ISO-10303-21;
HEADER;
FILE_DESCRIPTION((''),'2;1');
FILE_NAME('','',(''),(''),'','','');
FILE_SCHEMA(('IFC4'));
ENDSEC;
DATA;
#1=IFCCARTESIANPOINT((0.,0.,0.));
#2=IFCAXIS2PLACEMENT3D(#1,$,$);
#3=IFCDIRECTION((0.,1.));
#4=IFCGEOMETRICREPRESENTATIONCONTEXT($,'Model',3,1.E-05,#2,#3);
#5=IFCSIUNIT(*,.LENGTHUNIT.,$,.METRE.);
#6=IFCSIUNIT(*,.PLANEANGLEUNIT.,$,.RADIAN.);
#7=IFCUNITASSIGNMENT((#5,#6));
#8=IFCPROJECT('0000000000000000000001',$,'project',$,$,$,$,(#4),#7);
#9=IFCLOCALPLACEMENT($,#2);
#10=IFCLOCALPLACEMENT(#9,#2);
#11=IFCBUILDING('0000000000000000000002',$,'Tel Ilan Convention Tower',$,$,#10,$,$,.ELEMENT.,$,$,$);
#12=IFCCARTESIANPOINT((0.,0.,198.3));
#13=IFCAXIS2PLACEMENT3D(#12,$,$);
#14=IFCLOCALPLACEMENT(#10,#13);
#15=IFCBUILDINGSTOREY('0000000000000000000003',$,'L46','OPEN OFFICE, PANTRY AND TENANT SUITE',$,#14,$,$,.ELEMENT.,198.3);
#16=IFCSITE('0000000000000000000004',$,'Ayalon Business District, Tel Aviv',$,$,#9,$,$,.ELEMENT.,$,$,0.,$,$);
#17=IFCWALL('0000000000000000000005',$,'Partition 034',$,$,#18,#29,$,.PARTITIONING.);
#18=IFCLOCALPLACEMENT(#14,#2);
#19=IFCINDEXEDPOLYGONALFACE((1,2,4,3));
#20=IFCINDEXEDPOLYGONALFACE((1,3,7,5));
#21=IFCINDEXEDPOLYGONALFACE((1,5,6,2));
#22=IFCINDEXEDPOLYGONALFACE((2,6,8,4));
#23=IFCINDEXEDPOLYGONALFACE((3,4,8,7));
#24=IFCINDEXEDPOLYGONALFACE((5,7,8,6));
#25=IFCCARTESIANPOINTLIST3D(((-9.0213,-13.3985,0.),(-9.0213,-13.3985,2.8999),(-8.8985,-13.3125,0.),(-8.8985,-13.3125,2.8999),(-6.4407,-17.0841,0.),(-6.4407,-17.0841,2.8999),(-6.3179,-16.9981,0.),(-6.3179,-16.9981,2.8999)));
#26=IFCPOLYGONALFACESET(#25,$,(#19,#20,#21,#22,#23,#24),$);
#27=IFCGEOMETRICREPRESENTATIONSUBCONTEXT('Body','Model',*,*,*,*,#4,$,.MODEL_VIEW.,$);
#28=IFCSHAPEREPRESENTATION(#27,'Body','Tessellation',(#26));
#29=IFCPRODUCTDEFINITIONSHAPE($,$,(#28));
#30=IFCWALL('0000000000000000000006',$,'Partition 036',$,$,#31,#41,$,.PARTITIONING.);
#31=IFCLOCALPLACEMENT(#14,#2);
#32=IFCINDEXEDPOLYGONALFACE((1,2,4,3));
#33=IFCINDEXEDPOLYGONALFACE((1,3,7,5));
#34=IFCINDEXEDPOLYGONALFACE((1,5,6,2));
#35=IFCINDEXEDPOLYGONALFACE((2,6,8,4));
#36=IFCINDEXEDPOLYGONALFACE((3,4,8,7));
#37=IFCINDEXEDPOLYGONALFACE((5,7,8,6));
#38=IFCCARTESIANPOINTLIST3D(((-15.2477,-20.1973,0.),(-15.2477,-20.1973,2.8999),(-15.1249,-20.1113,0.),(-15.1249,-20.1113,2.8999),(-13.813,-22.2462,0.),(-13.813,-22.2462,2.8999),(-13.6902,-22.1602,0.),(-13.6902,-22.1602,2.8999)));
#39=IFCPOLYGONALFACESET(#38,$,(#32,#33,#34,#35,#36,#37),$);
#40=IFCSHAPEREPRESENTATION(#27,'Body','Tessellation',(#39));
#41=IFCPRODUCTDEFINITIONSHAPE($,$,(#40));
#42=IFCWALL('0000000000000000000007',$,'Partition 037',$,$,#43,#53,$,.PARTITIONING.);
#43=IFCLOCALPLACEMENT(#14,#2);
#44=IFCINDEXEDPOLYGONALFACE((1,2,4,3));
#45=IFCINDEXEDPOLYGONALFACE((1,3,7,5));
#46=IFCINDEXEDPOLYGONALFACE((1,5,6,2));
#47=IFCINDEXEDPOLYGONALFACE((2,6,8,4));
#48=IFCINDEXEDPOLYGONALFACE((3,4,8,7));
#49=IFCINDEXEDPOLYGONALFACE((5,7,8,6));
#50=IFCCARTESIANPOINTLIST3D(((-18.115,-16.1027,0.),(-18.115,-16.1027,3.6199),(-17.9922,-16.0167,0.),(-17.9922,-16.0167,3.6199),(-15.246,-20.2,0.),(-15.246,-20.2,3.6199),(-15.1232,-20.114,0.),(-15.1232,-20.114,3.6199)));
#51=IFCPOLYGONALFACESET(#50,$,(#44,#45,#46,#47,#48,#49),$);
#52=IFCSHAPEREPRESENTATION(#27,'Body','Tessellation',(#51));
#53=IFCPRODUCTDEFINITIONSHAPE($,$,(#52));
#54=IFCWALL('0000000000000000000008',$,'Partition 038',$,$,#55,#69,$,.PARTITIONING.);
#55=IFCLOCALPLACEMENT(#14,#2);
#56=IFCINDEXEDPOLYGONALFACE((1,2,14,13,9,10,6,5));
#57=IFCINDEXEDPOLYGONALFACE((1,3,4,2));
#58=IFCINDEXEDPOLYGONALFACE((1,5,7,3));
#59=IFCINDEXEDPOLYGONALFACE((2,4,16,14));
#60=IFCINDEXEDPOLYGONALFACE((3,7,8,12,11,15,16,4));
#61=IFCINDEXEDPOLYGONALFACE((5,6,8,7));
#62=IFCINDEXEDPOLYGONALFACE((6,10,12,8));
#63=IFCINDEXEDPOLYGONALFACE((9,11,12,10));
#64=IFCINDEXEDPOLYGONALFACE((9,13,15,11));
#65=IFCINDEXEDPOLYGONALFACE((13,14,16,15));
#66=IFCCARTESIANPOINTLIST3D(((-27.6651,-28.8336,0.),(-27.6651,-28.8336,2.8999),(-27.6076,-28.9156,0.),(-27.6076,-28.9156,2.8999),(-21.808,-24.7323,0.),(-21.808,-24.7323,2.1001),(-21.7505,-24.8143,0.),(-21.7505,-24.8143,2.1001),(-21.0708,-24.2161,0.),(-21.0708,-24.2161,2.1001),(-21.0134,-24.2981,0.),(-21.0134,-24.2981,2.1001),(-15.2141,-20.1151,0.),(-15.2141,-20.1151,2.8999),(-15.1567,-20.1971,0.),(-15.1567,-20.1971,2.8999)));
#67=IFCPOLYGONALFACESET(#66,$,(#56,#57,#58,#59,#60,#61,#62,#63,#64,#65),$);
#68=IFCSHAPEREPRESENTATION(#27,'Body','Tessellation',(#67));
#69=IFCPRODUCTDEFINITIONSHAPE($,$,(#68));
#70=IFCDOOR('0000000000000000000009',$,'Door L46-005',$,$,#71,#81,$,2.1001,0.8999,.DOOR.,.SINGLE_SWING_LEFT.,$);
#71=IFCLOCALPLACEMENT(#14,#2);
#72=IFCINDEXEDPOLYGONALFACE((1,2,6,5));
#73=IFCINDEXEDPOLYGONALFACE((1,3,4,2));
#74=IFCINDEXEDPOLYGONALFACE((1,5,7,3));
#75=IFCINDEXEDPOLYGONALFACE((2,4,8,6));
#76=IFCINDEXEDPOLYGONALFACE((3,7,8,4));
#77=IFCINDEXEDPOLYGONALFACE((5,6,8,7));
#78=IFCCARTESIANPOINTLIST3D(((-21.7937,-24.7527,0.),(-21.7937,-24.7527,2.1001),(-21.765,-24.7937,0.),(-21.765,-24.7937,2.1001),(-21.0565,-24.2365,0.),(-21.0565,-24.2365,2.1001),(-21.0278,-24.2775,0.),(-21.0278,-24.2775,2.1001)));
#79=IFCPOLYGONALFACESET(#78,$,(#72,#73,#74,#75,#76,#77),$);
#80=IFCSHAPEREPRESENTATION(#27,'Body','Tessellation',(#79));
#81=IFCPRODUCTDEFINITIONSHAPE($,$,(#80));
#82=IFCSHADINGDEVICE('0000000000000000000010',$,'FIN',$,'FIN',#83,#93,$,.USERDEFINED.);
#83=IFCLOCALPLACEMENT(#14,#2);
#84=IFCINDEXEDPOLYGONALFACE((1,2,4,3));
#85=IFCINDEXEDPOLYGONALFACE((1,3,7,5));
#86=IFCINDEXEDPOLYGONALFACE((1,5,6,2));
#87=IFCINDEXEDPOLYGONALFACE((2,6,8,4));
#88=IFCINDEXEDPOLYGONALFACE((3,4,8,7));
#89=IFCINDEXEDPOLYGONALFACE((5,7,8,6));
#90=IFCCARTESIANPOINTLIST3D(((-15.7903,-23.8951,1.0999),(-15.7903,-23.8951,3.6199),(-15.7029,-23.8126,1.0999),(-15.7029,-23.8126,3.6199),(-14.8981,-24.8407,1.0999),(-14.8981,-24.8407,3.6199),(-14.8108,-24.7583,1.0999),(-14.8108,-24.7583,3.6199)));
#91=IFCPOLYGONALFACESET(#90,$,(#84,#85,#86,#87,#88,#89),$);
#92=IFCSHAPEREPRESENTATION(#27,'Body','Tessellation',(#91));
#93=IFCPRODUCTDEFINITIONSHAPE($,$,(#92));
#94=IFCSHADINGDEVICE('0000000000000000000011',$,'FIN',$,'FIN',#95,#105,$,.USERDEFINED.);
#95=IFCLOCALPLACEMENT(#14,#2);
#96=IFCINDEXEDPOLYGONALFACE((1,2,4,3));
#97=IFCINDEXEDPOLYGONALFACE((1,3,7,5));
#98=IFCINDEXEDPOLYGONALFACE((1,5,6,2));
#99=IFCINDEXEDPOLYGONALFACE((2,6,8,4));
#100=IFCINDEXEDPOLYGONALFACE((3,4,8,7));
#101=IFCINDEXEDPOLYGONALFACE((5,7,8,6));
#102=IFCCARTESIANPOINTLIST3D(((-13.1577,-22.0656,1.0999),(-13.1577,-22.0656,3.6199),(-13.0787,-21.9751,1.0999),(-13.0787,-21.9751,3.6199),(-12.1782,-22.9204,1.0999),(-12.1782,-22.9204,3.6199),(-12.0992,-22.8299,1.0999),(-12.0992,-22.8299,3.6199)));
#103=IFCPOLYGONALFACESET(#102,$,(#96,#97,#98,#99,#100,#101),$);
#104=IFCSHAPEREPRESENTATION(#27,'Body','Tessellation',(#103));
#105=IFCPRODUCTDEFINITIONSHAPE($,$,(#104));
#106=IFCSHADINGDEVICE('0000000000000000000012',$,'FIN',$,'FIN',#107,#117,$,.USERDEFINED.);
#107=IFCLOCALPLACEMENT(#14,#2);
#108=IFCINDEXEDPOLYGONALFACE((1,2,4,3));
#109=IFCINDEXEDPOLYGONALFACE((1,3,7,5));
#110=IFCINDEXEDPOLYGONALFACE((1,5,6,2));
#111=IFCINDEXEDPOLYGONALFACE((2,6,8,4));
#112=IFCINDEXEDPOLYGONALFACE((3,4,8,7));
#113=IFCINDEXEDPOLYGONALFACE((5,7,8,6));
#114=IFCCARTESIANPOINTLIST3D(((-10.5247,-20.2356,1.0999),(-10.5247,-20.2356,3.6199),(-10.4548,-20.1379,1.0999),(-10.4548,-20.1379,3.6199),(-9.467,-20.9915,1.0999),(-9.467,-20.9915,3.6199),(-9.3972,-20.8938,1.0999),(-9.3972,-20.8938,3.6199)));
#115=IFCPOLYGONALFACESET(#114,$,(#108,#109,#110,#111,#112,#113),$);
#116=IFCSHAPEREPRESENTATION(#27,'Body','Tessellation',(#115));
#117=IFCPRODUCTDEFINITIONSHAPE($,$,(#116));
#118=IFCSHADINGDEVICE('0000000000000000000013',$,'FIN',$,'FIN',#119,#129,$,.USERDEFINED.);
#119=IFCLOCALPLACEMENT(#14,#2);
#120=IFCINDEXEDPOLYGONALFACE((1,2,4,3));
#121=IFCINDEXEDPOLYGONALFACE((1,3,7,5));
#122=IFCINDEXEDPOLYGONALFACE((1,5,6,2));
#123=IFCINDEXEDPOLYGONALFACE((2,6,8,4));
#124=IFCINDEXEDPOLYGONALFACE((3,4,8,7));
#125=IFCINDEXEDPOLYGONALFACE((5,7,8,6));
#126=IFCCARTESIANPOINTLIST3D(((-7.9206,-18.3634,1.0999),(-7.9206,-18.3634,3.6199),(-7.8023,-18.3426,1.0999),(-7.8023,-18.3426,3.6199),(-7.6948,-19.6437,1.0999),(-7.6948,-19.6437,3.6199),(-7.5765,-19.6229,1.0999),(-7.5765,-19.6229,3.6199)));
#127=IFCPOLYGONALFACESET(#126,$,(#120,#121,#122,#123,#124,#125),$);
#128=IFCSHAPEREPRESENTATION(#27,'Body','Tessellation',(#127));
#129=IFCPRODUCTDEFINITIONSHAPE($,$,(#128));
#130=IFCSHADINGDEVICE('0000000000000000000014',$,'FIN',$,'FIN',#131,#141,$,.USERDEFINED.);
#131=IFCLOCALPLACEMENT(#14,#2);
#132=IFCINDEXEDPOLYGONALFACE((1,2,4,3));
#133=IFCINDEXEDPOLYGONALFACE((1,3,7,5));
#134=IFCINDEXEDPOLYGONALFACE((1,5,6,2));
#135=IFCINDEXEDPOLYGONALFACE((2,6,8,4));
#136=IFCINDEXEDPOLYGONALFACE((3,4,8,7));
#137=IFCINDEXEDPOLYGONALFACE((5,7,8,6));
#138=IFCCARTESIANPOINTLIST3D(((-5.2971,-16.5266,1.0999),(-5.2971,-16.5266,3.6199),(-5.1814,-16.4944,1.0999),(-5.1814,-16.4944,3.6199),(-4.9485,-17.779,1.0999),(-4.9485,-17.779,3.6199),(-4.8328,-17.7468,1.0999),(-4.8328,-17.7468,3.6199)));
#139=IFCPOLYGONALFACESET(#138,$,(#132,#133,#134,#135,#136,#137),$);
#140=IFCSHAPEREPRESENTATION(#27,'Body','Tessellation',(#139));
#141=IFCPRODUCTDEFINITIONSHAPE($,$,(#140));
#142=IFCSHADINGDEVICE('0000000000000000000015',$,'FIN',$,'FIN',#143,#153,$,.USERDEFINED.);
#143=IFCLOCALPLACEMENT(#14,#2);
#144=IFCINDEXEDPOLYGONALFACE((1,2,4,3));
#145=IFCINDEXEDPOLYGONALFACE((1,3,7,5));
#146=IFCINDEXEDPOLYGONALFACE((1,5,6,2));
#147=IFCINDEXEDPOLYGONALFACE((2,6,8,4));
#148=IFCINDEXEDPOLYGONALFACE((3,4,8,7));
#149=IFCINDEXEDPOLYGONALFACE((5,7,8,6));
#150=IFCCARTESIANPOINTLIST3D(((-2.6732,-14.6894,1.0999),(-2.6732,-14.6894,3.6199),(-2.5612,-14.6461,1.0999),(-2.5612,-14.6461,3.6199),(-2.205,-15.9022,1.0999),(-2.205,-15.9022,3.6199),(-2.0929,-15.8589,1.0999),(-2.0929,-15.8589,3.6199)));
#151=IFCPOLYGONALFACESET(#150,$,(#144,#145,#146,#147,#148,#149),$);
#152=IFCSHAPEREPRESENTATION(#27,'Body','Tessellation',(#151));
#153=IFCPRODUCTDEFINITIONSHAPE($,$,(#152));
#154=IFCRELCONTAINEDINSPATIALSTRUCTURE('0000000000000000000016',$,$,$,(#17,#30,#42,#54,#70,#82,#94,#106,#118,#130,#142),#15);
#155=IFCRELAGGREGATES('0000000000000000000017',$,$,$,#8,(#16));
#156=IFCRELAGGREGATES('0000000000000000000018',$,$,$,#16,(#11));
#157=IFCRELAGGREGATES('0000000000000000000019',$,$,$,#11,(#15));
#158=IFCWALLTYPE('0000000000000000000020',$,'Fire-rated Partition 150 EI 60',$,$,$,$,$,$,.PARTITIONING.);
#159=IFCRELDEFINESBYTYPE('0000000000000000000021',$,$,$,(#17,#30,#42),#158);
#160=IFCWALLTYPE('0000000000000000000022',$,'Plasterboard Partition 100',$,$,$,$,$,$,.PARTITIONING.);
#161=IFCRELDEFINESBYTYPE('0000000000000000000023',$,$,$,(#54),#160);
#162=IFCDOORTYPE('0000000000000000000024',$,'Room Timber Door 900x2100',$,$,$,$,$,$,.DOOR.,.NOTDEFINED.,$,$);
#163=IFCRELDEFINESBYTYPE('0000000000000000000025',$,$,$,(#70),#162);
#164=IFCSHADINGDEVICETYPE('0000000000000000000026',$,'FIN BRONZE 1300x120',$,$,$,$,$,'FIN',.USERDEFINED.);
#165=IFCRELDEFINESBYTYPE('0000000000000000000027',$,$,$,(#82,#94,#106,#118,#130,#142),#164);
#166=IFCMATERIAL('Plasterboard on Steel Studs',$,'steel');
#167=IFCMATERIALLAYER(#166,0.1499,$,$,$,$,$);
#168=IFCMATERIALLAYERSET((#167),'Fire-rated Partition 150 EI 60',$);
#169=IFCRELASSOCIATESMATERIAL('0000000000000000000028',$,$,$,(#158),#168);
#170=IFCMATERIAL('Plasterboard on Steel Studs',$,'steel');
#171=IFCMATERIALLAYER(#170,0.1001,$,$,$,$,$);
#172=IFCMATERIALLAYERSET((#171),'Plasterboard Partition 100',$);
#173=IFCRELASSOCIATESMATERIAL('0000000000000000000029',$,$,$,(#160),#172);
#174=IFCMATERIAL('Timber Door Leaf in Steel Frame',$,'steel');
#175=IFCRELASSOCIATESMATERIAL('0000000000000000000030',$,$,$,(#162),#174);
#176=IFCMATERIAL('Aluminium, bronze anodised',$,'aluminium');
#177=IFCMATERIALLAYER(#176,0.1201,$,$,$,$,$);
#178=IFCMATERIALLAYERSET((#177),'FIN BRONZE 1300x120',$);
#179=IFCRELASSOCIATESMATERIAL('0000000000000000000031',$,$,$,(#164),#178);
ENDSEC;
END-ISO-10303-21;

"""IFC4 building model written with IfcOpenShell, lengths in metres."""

from ifc_helpers import new_model, si_unit, direction, frame, frame_2d, origin, origin_2d, place, context, subcontext, project, spatial, rectangle, extrude, material, layer, layer_set, type_object, element, fill, save


model = new_model("IFC4")

# Units and contexts
model_context = context("Model", 3, precision=1e-05, world=origin(), true_north=direction((0.0, 1.0)))
body_context = subcontext(model_context, "Body", "Model", "MODEL_VIEW")
ifc_project = project(units=[si_unit("LENGTHUNIT", "METRE"), si_unit("PLANEANGLEUNIT", "RADIAN")], contexts=[model_context])

# Site, building, storey
site_placement = place(None, origin())
site = spatial("IfcSite", under=ifc_project, at=site_placement, Name="Ayalon Business District, Tel Aviv", CompositionType="ELEMENT", RefElevation=0.0)
building_placement = place(site_placement, origin())
building = spatial("IfcBuilding", under=site, at=building_placement, Name="Tel Ilan Convention Tower", CompositionType="ELEMENT")
storey_placement = place(building_placement, frame((0.0, 0.0, 198.3)))
storey = spatial("IfcBuildingStorey", under=building, at=storey_placement, Name="L46", Description="OPEN OFFICE, PANTRY AND TENANT SUITE", CompositionType="ELEMENT", Elevation=198.3)

# Walls
ifc_material_1 = material(Name="Plasterboard on Steel Studs", Category="steel")
ifc_layer_1 = layer(ifc_material_1, 0.1499)
ifc_layer_set_1 = layer_set([ifc_layer_1], Name="Fire-rated Partition 150 EI 60")
wall_type_1 = type_object("IfcWallType", Name="Fire-rated Partition 150 EI 60", PredefinedType="PARTITIONING", material=ifc_layer_set_1)
wall_1_placement = place(storey_placement, frame((-6.3794, -17.041, 0.0), z_axis=(0.0, 0.0, 1.0), x_axis=(-0.573564, 0.819161, 0.0)))
element("IfcWall", 1, at=wall_1_placement, inside=storey, type_object=wall_type_1, Name="Partition 034", PredefinedType="PARTITIONING", context=body_context, shape_type="SweptSolid", body=[
    extrude(rectangle(XDim=4.4993, YDim=0.1499, at=frame_2d((2.2495, 0.0))), origin(), (0.0, 0.0, 1.0), 2.8999),
])
wall_2_placement = place(storey_placement, frame((-13.7517, -22.2031, 0.0), z_axis=(0.0, 0.0, 1.0), x_axis=(-0.573567, 0.819159, 0.0)))
element("IfcWall", 2, at=wall_2_placement, inside=storey, type_object=wall_type_1, Name="Partition 036", PredefinedType="PARTITIONING", context=body_context, shape_type="SweptSolid", body=[
    extrude(rectangle(XDim=2.5012, YDim=0.1499, at=frame_2d((1.2505, 0.0))), origin(), (0.0, 0.0, 1.0), 2.8999),
])
wall_3_placement = place(storey_placement, frame((-15.1846, -20.157, 0.0), z_axis=(0.0, 0.0, 1.0), x_axis=(-0.57359, 0.819142, 0.0)))
element("IfcWall", 3, at=wall_3_placement, inside=storey, type_object=wall_type_1, Name="Partition 037", PredefinedType="PARTITIONING", context=body_context, shape_type="SweptSolid", body=[
    extrude(rectangle(XDim=5.002, YDim=0.1499, at=frame_2d((2.501, 0.0))), origin(), (0.0, 0.0, 1.0), 3.6199),
])

# Wall, opening, door
ifc_material_2 = material(Name="Plasterboard on Steel Studs", Category="steel")
ifc_layer_2 = layer(ifc_material_2, 0.1001)
ifc_layer_set_2 = layer_set([ifc_layer_2], Name="Plasterboard Partition 100")
wall_type_2 = type_object("IfcWallType", Name="Plasterboard Partition 100", PredefinedType="PARTITIONING", material=ifc_layer_set_2)
wall_4_placement = place(storey_placement, frame((-15.1853, -20.156, 0.0), z_axis=(0.0, 0.0, 1.0), x_axis=(-0.819144, -0.573588, 0.0)))
wall_4 = element("IfcWall", 4, at=wall_4_placement, inside=storey, type_object=wall_type_2, Name="Partition 038", PredefinedType="PARTITIONING", context=body_context, shape_type="SweptSolid", body=[
    extrude(rectangle(XDim=15.2, YDim=0.1001, at=frame_2d((7.6001, 0.0))), origin(), (0.0, 0.0, 1.0), 2.8999),
])
opening_placement = place(wall_4_placement, frame((7.1499, 0.0, 0.0)))
opening = element("IfcOpeningElement", 5, at=opening_placement, cuts=wall_4, PredefinedType="OPENING", context=body_context, shape_type="SweptSolid", body=[
    extrude(rectangle(XDim=0.8999, YDim=2.1001, at=frame_2d((0.45, 1.05))), frame((0.0, 0.0601, 0.0), z_axis=(0.0, -1.0, 0.0), x_axis=(1.0, 0.0, 0.0)), (0.0, 0.0, 1.0), 0.1201),
])
ifc_material_3 = material(Name="Timber Door Leaf in Steel Frame", Category="steel")
door_type = type_object("IfcDoorType", Name="Room Timber Door 900x2100", OperationType="NOTDEFINED", PredefinedType="DOOR", material=ifc_material_3)
door_placement = place(opening_placement, origin())
door = element("IfcDoor", 6, at=door_placement, inside=storey, type_object=door_type, Name="Door L46-005", OperationType="SINGLE_SWING_LEFT", OverallHeight=2.1001, OverallWidth=0.8999, PredefinedType="DOOR", context=body_context, shape_type="SweptSolid", body=[
    extrude(rectangle(XDim=0.8999, YDim=2.1001, at=frame_2d((0.45, 1.05))), frame((0.0, 0.0249, 0.0), z_axis=(0.0, -1.0, 0.0), x_axis=(1.0, 0.0, 0.0)), (0.0, 0.0, 1.0), 0.05),
])
fill(opening, door)

# Shading devices
ifc_material_4 = material(Name="Aluminium, bronze anodised", Category="aluminium")
ifc_layer_3 = layer(ifc_material_4, 0.1201)
ifc_layer_set_3 = layer_set([ifc_layer_3], Name="FIN BRONZE 1300x120")
shading_device_type = type_object("IfcShadingDeviceType", Name="FIN BRONZE 1300x120", ElementType="FIN", PredefinedType="USERDEFINED", material=ifc_layer_set_3)
for number, where, z_axis, x_axis, name in (
    (7, (-15.3005, -24.3267, 1.0999), (0.0, 0.0, 1.0), (0.686242, -0.727374, 0.0), "FIN"),
    (8, (-12.6284, -22.4478, 1.0999), (0.0, 0.0, 1.0), (0.753436, -0.657521, 0.0), "FIN"),
    (9, (-9.9609, -20.5647, 1.0999), (0.0, 0.0, 1.0), (0.813552, -0.581492, 0.0), "FIN"),
    (10, (-7.7485, -18.9932, 1.0999), (0.0, 0.0, 1.0), (0.173648, -0.984808, 0.0), "FIN"),
    (11, (-5.0649, -17.1367, 1.0999), (0.0, 0.0, 1.0), (0.268173, -0.963371, 0.0), "FIN"),
    (12, (-2.3831, -15.2742, 1.0999), (0.0, 0.0, 1.0), (0.360178, -0.932884, 0.0), "FIN"),
):
    element("IfcShadingDevice", number, at=place(storey_placement, frame(where, z_axis=z_axis, x_axis=x_axis)), inside=storey, type_object=shading_device_type, Name=name, ObjectType="FIN", PredefinedType="USERDEFINED", context=body_context, shape_type="SweptSolid", body=[
        extrude(rectangle(XDim=1.3, YDim=0.1201, at=origin_2d()), origin(), (0.0, 0.0, 1.0), 2.52),
    ])

save(model, "model.ifc")
